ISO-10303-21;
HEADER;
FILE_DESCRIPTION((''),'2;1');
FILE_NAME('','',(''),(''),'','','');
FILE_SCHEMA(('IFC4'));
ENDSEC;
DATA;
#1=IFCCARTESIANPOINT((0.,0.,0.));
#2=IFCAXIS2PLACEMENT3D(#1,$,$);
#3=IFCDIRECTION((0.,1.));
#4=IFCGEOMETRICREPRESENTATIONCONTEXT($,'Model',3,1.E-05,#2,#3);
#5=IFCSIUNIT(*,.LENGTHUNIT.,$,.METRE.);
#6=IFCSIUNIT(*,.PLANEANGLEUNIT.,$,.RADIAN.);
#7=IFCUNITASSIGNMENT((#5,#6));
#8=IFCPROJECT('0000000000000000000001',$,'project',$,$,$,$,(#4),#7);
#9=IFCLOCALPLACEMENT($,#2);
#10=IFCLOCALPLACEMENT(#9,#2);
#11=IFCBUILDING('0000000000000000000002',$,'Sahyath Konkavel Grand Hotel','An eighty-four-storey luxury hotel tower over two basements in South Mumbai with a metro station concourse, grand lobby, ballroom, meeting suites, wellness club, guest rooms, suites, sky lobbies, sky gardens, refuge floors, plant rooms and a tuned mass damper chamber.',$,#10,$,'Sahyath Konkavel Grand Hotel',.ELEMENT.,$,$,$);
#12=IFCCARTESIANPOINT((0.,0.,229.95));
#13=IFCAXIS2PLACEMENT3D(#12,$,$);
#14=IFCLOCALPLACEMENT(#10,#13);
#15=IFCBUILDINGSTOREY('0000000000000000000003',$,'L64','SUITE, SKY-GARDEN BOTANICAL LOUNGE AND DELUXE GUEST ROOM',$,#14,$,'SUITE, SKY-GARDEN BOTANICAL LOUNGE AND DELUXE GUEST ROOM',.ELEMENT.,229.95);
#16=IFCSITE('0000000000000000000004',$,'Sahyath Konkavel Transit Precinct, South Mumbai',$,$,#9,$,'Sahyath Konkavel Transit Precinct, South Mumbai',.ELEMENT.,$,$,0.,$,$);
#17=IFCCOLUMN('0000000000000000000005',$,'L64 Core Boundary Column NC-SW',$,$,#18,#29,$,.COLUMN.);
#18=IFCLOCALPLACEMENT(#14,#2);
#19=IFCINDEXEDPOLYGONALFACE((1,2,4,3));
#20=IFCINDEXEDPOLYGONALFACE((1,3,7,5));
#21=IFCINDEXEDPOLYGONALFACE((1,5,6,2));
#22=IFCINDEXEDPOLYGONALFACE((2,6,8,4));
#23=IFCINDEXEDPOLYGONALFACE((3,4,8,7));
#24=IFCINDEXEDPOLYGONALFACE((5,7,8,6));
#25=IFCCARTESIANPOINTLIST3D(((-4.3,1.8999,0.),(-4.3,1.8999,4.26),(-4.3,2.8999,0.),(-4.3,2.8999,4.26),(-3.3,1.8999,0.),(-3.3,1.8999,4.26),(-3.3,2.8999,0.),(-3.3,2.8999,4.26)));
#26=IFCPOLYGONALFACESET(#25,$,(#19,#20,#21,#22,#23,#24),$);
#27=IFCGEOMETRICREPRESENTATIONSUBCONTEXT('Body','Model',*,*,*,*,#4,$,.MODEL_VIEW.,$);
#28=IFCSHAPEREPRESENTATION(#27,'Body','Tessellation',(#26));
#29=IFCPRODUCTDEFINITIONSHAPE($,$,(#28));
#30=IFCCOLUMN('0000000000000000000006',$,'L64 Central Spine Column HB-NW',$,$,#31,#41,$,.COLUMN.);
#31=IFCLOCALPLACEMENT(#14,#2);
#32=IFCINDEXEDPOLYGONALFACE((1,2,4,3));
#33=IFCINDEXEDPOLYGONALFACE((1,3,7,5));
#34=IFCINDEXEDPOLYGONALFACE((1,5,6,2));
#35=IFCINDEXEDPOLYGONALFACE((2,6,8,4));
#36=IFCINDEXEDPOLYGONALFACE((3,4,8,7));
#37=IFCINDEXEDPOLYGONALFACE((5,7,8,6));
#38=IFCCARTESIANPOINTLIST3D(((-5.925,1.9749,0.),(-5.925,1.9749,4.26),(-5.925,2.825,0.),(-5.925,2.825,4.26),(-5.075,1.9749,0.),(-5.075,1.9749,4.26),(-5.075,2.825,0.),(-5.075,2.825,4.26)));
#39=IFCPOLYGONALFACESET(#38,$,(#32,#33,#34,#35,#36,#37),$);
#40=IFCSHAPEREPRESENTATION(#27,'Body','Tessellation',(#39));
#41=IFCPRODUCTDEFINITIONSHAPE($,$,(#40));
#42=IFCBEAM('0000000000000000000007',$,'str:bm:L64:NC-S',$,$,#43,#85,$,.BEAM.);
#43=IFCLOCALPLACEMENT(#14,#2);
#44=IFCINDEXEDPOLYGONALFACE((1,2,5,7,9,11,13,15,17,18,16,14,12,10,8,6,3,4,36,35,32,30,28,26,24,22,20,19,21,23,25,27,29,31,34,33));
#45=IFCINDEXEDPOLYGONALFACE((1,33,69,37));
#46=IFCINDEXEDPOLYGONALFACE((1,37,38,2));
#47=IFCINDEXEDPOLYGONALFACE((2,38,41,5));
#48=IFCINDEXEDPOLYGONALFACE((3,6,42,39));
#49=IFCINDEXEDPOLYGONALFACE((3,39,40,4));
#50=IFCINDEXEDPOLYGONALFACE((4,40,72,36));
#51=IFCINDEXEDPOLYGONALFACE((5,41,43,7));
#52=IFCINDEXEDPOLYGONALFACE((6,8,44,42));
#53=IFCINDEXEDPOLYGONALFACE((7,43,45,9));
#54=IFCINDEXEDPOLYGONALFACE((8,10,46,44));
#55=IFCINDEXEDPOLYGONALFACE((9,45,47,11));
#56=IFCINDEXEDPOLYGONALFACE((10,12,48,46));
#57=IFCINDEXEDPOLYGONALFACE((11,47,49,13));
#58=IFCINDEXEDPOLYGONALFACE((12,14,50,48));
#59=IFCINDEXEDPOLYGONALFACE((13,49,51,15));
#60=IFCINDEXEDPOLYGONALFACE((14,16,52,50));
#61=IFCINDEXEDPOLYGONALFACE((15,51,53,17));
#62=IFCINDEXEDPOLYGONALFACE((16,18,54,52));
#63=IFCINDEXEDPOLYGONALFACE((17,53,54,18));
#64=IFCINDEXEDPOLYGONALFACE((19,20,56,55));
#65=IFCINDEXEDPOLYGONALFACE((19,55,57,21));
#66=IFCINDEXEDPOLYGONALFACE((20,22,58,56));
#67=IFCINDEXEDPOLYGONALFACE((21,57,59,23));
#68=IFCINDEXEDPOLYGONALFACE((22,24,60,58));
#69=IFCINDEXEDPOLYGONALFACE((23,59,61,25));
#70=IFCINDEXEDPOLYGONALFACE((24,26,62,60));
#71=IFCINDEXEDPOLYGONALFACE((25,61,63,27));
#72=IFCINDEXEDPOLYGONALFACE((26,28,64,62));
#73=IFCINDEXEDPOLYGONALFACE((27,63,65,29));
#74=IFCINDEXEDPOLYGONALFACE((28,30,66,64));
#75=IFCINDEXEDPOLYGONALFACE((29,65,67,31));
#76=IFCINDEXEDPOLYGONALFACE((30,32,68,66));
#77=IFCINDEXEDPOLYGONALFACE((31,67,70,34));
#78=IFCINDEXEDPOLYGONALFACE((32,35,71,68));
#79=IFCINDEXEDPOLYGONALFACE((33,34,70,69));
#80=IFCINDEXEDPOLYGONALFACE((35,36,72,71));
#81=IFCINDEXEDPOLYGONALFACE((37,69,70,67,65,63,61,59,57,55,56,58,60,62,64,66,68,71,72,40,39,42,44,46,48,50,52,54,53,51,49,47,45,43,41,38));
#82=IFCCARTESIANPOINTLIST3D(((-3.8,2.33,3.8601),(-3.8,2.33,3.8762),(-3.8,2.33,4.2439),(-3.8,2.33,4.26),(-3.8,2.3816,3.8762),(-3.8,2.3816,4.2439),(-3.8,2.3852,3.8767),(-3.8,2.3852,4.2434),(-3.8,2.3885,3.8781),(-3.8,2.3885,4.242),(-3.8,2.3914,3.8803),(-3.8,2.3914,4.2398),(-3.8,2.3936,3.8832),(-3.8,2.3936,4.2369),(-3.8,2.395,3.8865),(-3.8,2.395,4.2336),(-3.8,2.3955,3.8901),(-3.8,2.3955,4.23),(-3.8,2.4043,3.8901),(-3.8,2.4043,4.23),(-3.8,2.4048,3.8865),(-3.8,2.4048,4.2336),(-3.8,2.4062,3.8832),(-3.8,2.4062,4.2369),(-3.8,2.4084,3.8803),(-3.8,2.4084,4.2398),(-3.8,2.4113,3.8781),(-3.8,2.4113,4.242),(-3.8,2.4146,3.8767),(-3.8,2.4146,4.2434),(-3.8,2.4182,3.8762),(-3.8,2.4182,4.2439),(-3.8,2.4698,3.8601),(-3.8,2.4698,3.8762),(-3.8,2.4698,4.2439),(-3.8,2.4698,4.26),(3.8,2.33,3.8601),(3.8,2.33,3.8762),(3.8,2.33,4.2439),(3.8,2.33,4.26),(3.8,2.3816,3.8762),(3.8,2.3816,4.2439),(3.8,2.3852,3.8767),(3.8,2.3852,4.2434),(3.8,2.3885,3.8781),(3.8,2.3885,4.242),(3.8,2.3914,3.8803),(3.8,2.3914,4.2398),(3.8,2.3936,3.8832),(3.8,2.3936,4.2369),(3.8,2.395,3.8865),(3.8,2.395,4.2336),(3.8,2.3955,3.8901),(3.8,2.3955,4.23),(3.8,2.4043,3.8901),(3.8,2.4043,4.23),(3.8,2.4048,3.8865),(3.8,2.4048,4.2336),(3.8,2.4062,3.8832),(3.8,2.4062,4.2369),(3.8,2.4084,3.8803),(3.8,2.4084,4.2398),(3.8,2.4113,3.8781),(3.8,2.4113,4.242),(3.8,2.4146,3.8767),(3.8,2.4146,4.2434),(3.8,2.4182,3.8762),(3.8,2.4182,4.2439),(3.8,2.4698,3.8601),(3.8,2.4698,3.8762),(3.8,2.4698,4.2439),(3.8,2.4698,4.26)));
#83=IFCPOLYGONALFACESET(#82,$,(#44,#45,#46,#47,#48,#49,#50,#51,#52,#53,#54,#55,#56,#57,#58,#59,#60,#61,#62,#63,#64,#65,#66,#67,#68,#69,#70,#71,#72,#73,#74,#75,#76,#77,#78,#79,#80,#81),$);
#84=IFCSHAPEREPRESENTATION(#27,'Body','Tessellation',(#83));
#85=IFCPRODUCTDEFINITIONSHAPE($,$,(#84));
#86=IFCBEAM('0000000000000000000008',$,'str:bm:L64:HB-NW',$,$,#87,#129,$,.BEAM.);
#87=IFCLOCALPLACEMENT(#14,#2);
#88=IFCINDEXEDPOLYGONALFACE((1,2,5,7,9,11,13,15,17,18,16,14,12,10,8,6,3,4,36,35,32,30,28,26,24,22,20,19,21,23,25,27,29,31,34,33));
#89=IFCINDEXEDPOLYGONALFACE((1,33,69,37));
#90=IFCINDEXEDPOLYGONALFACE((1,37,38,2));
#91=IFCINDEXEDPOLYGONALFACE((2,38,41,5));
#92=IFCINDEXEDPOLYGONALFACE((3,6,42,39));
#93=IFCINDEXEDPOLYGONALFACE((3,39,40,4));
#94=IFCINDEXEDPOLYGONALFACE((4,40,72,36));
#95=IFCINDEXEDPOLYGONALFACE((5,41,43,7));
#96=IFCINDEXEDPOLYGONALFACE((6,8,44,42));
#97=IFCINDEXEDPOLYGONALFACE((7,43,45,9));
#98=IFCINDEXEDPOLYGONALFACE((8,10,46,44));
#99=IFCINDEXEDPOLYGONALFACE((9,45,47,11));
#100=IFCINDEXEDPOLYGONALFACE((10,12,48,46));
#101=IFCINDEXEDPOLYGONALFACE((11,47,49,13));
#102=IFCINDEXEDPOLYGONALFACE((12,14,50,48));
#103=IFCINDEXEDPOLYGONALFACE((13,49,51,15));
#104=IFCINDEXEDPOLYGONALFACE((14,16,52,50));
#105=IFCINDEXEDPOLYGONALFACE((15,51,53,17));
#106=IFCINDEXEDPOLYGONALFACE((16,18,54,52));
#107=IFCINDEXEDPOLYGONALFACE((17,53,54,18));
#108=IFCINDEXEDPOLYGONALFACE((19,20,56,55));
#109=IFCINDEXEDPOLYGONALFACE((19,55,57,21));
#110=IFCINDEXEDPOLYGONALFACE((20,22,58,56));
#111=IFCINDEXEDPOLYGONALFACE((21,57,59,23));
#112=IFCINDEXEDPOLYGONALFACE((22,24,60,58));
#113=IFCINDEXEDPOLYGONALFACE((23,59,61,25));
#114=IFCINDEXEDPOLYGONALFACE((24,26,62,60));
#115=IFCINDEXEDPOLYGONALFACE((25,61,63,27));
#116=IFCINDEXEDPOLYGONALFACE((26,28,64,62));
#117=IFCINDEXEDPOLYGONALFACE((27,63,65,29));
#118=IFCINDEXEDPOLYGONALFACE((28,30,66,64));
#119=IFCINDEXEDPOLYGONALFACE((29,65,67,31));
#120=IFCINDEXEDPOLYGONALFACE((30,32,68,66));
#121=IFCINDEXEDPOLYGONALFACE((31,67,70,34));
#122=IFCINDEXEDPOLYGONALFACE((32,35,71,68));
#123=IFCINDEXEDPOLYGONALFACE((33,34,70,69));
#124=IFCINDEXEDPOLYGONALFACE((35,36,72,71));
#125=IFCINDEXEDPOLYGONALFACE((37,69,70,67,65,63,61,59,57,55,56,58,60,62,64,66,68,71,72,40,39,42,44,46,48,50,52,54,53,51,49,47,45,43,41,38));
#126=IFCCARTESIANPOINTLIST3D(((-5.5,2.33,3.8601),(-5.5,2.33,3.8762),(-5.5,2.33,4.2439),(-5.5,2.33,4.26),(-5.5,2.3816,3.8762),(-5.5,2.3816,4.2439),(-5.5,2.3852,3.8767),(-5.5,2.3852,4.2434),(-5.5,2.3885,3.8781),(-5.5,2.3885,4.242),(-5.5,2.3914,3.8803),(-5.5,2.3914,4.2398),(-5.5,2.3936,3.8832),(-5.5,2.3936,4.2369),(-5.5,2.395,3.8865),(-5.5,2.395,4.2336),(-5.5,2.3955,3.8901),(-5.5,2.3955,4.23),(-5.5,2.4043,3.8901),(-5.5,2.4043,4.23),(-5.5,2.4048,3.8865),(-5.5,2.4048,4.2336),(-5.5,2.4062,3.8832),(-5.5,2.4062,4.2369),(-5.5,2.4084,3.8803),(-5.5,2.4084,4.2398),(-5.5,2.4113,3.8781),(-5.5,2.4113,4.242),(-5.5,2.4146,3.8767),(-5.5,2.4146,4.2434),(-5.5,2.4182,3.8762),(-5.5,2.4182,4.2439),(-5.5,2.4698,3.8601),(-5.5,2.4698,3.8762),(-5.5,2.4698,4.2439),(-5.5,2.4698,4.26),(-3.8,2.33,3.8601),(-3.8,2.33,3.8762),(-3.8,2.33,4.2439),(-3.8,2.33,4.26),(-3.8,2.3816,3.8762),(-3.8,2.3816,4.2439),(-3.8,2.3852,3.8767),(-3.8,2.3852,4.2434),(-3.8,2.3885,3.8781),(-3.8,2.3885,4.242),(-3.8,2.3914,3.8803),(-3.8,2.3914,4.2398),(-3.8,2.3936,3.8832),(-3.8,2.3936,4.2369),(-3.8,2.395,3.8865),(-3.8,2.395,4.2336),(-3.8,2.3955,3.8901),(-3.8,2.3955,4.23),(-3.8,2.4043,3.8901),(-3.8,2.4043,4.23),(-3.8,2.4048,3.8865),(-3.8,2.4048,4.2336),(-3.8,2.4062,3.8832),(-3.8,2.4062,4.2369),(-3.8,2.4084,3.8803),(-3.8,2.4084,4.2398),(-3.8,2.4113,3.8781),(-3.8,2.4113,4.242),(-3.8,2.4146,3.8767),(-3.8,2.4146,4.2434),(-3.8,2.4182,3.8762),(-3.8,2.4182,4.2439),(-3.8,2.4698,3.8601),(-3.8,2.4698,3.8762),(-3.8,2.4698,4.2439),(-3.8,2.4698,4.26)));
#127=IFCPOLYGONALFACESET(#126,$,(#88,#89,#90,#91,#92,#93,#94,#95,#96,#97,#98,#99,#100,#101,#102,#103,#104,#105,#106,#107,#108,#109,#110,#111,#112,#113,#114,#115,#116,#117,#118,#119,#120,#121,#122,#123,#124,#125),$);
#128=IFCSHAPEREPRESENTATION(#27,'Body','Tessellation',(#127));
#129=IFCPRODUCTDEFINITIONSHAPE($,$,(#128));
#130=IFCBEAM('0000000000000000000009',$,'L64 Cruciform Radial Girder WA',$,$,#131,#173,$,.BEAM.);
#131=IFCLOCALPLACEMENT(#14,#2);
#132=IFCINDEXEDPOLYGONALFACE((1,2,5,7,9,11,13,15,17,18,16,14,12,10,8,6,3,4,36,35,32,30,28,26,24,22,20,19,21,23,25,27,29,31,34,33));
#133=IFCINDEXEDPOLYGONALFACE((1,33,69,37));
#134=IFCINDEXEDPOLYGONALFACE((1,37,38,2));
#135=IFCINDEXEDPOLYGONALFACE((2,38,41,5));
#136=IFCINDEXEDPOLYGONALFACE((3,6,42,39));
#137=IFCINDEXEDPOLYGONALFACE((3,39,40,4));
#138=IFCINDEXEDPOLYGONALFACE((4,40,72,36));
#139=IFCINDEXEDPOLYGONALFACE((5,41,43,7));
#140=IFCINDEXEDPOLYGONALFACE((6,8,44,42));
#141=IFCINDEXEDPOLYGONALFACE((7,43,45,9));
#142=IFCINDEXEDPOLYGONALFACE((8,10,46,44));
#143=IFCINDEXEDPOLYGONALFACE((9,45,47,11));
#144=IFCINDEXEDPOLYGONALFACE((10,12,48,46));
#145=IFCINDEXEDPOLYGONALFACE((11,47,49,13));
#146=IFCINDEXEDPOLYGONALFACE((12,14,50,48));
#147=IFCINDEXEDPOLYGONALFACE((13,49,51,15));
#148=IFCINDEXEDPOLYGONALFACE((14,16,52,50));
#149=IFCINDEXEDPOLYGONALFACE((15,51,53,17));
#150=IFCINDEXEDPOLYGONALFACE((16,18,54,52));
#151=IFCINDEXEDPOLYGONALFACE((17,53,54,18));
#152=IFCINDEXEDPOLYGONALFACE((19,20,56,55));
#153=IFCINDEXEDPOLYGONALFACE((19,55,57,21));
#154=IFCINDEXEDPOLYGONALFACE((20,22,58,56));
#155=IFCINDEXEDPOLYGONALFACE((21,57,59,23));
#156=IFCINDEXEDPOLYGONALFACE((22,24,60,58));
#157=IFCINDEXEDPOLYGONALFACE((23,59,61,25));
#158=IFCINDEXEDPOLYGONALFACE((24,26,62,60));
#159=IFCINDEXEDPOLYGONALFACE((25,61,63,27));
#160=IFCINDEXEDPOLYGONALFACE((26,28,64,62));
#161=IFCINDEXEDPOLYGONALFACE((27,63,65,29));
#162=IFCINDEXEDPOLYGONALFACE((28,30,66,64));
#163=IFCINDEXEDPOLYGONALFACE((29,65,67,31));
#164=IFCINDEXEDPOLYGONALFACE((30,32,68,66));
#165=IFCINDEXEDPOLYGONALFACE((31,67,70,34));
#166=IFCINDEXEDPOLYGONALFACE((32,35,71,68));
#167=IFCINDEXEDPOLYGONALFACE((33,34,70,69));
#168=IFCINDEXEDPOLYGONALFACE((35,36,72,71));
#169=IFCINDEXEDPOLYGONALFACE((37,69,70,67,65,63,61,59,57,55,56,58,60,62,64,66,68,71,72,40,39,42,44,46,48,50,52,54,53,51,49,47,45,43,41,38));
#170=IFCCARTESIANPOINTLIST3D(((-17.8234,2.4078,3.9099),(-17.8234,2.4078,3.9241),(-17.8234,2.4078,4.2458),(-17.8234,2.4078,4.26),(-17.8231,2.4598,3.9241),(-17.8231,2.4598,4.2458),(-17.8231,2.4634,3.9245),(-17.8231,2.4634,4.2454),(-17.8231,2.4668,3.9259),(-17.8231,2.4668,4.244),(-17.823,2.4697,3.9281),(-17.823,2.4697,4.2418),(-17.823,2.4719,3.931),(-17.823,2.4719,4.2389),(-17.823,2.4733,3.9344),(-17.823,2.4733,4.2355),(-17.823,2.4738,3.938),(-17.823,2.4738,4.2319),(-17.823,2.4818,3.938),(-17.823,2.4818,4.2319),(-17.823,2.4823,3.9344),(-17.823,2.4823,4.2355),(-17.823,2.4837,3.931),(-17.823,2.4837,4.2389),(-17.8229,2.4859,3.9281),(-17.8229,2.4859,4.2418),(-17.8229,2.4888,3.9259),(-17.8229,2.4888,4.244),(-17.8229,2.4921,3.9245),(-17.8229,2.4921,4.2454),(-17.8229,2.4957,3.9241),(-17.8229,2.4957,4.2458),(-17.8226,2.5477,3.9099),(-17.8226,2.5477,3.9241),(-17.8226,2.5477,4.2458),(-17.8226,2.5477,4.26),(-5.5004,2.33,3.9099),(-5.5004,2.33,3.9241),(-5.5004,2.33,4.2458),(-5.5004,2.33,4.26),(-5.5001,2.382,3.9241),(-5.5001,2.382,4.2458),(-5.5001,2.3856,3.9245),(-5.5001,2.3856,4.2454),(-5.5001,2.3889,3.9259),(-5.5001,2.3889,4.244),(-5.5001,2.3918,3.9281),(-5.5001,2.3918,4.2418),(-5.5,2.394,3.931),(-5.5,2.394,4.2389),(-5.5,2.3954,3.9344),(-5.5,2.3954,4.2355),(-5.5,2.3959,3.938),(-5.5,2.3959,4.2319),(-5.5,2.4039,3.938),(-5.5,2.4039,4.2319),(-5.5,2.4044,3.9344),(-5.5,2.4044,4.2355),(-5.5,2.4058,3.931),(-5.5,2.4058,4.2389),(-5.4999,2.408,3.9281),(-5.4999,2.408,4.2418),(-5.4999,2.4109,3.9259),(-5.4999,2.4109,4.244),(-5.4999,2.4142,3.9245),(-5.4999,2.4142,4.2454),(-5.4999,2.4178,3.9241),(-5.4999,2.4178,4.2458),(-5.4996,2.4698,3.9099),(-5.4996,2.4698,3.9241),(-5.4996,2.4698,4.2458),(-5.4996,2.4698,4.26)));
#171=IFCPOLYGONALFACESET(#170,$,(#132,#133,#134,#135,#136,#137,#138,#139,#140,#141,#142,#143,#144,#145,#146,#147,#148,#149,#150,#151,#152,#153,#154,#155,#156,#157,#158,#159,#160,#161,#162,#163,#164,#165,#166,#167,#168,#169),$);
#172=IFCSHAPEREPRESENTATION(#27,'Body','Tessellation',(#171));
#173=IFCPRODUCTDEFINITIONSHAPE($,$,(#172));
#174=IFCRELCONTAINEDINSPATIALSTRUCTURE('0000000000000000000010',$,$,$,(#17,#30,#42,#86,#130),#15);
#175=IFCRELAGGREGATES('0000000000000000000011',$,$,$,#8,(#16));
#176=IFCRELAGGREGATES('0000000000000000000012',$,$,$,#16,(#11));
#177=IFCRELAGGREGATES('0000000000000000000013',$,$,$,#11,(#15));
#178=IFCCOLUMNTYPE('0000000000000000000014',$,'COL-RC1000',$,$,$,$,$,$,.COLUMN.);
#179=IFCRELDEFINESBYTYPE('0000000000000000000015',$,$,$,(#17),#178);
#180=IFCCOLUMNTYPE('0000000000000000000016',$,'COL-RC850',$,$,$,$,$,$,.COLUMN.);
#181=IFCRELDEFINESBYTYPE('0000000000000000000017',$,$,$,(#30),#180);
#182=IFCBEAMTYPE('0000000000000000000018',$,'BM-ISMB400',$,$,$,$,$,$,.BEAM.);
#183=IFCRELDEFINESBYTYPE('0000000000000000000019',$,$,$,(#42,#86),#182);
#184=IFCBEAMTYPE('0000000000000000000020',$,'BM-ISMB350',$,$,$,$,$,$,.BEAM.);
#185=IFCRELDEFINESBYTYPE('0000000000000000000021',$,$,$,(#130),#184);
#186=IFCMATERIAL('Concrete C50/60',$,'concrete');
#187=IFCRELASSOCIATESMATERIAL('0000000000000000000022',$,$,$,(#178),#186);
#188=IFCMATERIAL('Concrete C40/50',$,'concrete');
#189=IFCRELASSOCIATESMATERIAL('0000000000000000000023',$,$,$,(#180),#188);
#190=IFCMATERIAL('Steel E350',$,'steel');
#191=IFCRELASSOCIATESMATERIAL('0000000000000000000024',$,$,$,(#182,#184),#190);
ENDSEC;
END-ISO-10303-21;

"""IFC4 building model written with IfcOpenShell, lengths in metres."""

from ifc_helpers import new_model, si_unit, direction, frame, origin, origin_2d, place, context, subcontext, project, spatial, rectangle, i_section, extrude, source, transform, mapped, material, material_profile, profile_set, type_object, element, save


model = new_model("IFC4")

# Units and contexts
model_context = context("Model", 3, precision=1e-05, world=origin(), true_north=direction((0.0, 1.0)))
body_context = subcontext(model_context, "Body", "Model", "MODEL_VIEW")
ifc_project = project(units=[si_unit("LENGTHUNIT", "METRE"), si_unit("PLANEANGLEUNIT", "RADIAN")], contexts=[model_context])

# Site, building, storey
site_placement = place(None, origin())
site = spatial("IfcSite", under=ifc_project, at=site_placement, Name="Sahyath Konkavel Transit Precinct, South Mumbai", LongName="Sahyath Konkavel Transit Precinct, South Mumbai", CompositionType="ELEMENT", RefElevation=0.0)
building_placement = place(site_placement, origin())
building = spatial("IfcBuilding", under=site, at=building_placement, Name="Sahyath Konkavel Grand Hotel", Description="An eighty-four-storey luxury hotel tower over two basements in South Mumbai with a metro station concourse, grand lobby, ballroom, meeting suites, wellness club, guest rooms, suites, sky lobbies, sky gardens, refuge floors, plant rooms and a tuned mass damper chamber.", LongName="Sahyath Konkavel Grand Hotel", CompositionType="ELEMENT")
storey_placement = place(building_placement, frame((0.0, 0.0, 229.95)))
storey = spatial("IfcBuildingStorey", under=building, at=storey_placement, Name="L64", Description="SUITE, SKY-GARDEN BOTANICAL LOUNGE AND DELUXE GUEST ROOM", LongName="SUITE, SKY-GARDEN BOTANICAL LOUNGE AND DELUXE GUEST ROOM", CompositionType="ELEMENT", Elevation=229.95)

# Columns
ifc_material_1 = material(Name="Concrete C50/60", Category="concrete")
ifc_material_profile_1 = material_profile(ifc_material_1, rectangle(XDim=1.0, YDim=1.0, at=origin_2d()), Name="RC 1000x1000")
ifc_profile_set_1 = profile_set([ifc_material_profile_1], Name="Concrete C50/60")
column_type_1 = type_object("IfcColumnType", Name="COL-RC1000", PredefinedType="COLUMN", material=ifc_profile_set_1)
shared_shape_1 = source(origin(), body_context, "Body", "SweptSolid", [
    extrude(rectangle(XDim=1.0, YDim=1.0, at=origin_2d()), origin(), (0.0, 0.0, 1.0), 4.26),
])
column_1_placement = place(storey_placement, frame((-3.8, 2.3999, 0.0), z_axis=(0.0, 0.0, 1.0), x_axis=(1.0, 0.0, 0.0)))
element("IfcColumn", 1, at=column_1_placement, inside=storey, type_object=column_type_1, Name="L64 Core Boundary Column NC-SW", PredefinedType="COLUMN", context=body_context, shape_type="MappedRepresentation", body=[
    mapped(shared_shape_1, transform((0.0, 0.0, 0.0), scale=1.0)),
])
ifc_material_2 = material(Name="Concrete C40/50", Category="concrete")
ifc_material_profile_2 = material_profile(ifc_material_2, rectangle(XDim=0.8501, YDim=0.8501, at=origin_2d()), Name="RC 850x850")
ifc_profile_set_2 = profile_set([ifc_material_profile_2], Name="Concrete C40/50")
column_type_2 = type_object("IfcColumnType", Name="COL-RC850", PredefinedType="COLUMN", material=ifc_profile_set_2)
shared_shape_2 = source(origin(), body_context, "Body", "SweptSolid", [
    extrude(rectangle(XDim=0.8501, YDim=0.8501, at=origin_2d()), origin(), (0.0, 0.0, 1.0), 4.26),
])
column_2_placement = place(storey_placement, frame((-5.5, 2.3999, 0.0), z_axis=(0.0, 0.0, 1.0), x_axis=(1.0, 0.0, 0.0)))
element("IfcColumn", 2, at=column_2_placement, inside=storey, type_object=column_type_2, Name="L64 Central Spine Column HB-NW", PredefinedType="COLUMN", context=body_context, shape_type="MappedRepresentation", body=[
    mapped(shared_shape_2, transform((0.0, 0.0, 0.0), scale=1.0)),
])

# Beams
ifc_material_3 = material(Name="Steel E350", Category="steel")
ifc_material_profile_3 = material_profile(ifc_material_3, i_section(OverallWidth=0.1399, OverallDepth=0.3999, WebThickness=0.0088, FlangeThickness=0.0161, FilletRadius=0.0139, at=origin_2d()), Name="ISMB 400")
ifc_profile_set_3 = profile_set([ifc_material_profile_3], Name="Steel E350")
beam_type_1 = type_object("IfcBeamType", Name="BM-ISMB400", PredefinedType="BEAM", material=ifc_profile_set_3)
shared_shape_3 = source(origin(), body_context, "Body", "SweptSolid", [
    extrude(i_section(OverallWidth=0.1399, OverallDepth=0.3999, WebThickness=0.0088, FlangeThickness=0.0161, FilletRadius=0.0139, at=origin_2d()), origin(), (0.0, 0.0, 1.0), 7.6001),
])
beam_1_placement = place(storey_placement, frame((-3.8, 2.3999, 4.0601), z_axis=(1.0, 0.0, 0.0), x_axis=(0.0, 1.0, 0.0)))
element("IfcBeam", 3, at=beam_1_placement, inside=storey, type_object=beam_type_1, Name="str:bm:L64:NC-S", PredefinedType="BEAM", context=body_context, shape_type="MappedRepresentation", body=[
    mapped(shared_shape_3, transform((0.0, 0.0, 0.0), scale=1.0)),
])
shared_shape_4 = source(origin(), body_context, "Body", "SweptSolid", [
    extrude(i_section(OverallWidth=0.1399, OverallDepth=0.3999, WebThickness=0.0088, FlangeThickness=0.0161, FilletRadius=0.0139, at=origin_2d()), origin(), (0.0, 0.0, 1.0), 1.7),
])
beam_2_placement = place(storey_placement, frame((-5.5, 2.3999, 4.0601), z_axis=(1.0, 0.0, 0.0), x_axis=(0.0, 1.0, 0.0)))
element("IfcBeam", 4, at=beam_2_placement, inside=storey, type_object=beam_type_1, Name="str:bm:L64:HB-NW", PredefinedType="BEAM", context=body_context, shape_type="MappedRepresentation", body=[
    mapped(shared_shape_4, transform((0.0, 0.0, 0.0), scale=1.0)),
])
ifc_material_profile_4 = material_profile(ifc_material_3, i_section(OverallWidth=0.1399, OverallDepth=0.3501, WebThickness=0.0081, FlangeThickness=0.0142, FilletRadius=0.0139, at=origin_2d()), Name="ISMB 350")
ifc_profile_set_4 = profile_set([ifc_material_profile_4], Name="Steel E350")
beam_type_2 = type_object("IfcBeamType", Name="BM-ISMB350", PredefinedType="BEAM", material=ifc_profile_set_4)
shared_shape_5 = source(origin(), body_context, "Body", "SweptSolid", [
    extrude(i_section(OverallWidth=0.1399, OverallDepth=0.3501, WebThickness=0.0081, FlangeThickness=0.0142, FilletRadius=0.0139, at=origin_2d()), origin(), (0.0, 0.0, 1.0), 12.3232),
])
beam_3_placement = place(storey_placement, frame((-5.5, 2.3999, 4.085), z_axis=(-0.99998, 0.00632, 0.0), x_axis=(-0.00632, -0.99998, 0.0)))
element("IfcBeam", 5, at=beam_3_placement, inside=storey, type_object=beam_type_2, Name="L64 Cruciform Radial Girder WA", PredefinedType="BEAM", context=body_context, shape_type="MappedRepresentation", body=[
    mapped(shared_shape_5, transform((0.0, 0.0, 0.0), scale=1.0)),
])

save(model, "model.ifc")
